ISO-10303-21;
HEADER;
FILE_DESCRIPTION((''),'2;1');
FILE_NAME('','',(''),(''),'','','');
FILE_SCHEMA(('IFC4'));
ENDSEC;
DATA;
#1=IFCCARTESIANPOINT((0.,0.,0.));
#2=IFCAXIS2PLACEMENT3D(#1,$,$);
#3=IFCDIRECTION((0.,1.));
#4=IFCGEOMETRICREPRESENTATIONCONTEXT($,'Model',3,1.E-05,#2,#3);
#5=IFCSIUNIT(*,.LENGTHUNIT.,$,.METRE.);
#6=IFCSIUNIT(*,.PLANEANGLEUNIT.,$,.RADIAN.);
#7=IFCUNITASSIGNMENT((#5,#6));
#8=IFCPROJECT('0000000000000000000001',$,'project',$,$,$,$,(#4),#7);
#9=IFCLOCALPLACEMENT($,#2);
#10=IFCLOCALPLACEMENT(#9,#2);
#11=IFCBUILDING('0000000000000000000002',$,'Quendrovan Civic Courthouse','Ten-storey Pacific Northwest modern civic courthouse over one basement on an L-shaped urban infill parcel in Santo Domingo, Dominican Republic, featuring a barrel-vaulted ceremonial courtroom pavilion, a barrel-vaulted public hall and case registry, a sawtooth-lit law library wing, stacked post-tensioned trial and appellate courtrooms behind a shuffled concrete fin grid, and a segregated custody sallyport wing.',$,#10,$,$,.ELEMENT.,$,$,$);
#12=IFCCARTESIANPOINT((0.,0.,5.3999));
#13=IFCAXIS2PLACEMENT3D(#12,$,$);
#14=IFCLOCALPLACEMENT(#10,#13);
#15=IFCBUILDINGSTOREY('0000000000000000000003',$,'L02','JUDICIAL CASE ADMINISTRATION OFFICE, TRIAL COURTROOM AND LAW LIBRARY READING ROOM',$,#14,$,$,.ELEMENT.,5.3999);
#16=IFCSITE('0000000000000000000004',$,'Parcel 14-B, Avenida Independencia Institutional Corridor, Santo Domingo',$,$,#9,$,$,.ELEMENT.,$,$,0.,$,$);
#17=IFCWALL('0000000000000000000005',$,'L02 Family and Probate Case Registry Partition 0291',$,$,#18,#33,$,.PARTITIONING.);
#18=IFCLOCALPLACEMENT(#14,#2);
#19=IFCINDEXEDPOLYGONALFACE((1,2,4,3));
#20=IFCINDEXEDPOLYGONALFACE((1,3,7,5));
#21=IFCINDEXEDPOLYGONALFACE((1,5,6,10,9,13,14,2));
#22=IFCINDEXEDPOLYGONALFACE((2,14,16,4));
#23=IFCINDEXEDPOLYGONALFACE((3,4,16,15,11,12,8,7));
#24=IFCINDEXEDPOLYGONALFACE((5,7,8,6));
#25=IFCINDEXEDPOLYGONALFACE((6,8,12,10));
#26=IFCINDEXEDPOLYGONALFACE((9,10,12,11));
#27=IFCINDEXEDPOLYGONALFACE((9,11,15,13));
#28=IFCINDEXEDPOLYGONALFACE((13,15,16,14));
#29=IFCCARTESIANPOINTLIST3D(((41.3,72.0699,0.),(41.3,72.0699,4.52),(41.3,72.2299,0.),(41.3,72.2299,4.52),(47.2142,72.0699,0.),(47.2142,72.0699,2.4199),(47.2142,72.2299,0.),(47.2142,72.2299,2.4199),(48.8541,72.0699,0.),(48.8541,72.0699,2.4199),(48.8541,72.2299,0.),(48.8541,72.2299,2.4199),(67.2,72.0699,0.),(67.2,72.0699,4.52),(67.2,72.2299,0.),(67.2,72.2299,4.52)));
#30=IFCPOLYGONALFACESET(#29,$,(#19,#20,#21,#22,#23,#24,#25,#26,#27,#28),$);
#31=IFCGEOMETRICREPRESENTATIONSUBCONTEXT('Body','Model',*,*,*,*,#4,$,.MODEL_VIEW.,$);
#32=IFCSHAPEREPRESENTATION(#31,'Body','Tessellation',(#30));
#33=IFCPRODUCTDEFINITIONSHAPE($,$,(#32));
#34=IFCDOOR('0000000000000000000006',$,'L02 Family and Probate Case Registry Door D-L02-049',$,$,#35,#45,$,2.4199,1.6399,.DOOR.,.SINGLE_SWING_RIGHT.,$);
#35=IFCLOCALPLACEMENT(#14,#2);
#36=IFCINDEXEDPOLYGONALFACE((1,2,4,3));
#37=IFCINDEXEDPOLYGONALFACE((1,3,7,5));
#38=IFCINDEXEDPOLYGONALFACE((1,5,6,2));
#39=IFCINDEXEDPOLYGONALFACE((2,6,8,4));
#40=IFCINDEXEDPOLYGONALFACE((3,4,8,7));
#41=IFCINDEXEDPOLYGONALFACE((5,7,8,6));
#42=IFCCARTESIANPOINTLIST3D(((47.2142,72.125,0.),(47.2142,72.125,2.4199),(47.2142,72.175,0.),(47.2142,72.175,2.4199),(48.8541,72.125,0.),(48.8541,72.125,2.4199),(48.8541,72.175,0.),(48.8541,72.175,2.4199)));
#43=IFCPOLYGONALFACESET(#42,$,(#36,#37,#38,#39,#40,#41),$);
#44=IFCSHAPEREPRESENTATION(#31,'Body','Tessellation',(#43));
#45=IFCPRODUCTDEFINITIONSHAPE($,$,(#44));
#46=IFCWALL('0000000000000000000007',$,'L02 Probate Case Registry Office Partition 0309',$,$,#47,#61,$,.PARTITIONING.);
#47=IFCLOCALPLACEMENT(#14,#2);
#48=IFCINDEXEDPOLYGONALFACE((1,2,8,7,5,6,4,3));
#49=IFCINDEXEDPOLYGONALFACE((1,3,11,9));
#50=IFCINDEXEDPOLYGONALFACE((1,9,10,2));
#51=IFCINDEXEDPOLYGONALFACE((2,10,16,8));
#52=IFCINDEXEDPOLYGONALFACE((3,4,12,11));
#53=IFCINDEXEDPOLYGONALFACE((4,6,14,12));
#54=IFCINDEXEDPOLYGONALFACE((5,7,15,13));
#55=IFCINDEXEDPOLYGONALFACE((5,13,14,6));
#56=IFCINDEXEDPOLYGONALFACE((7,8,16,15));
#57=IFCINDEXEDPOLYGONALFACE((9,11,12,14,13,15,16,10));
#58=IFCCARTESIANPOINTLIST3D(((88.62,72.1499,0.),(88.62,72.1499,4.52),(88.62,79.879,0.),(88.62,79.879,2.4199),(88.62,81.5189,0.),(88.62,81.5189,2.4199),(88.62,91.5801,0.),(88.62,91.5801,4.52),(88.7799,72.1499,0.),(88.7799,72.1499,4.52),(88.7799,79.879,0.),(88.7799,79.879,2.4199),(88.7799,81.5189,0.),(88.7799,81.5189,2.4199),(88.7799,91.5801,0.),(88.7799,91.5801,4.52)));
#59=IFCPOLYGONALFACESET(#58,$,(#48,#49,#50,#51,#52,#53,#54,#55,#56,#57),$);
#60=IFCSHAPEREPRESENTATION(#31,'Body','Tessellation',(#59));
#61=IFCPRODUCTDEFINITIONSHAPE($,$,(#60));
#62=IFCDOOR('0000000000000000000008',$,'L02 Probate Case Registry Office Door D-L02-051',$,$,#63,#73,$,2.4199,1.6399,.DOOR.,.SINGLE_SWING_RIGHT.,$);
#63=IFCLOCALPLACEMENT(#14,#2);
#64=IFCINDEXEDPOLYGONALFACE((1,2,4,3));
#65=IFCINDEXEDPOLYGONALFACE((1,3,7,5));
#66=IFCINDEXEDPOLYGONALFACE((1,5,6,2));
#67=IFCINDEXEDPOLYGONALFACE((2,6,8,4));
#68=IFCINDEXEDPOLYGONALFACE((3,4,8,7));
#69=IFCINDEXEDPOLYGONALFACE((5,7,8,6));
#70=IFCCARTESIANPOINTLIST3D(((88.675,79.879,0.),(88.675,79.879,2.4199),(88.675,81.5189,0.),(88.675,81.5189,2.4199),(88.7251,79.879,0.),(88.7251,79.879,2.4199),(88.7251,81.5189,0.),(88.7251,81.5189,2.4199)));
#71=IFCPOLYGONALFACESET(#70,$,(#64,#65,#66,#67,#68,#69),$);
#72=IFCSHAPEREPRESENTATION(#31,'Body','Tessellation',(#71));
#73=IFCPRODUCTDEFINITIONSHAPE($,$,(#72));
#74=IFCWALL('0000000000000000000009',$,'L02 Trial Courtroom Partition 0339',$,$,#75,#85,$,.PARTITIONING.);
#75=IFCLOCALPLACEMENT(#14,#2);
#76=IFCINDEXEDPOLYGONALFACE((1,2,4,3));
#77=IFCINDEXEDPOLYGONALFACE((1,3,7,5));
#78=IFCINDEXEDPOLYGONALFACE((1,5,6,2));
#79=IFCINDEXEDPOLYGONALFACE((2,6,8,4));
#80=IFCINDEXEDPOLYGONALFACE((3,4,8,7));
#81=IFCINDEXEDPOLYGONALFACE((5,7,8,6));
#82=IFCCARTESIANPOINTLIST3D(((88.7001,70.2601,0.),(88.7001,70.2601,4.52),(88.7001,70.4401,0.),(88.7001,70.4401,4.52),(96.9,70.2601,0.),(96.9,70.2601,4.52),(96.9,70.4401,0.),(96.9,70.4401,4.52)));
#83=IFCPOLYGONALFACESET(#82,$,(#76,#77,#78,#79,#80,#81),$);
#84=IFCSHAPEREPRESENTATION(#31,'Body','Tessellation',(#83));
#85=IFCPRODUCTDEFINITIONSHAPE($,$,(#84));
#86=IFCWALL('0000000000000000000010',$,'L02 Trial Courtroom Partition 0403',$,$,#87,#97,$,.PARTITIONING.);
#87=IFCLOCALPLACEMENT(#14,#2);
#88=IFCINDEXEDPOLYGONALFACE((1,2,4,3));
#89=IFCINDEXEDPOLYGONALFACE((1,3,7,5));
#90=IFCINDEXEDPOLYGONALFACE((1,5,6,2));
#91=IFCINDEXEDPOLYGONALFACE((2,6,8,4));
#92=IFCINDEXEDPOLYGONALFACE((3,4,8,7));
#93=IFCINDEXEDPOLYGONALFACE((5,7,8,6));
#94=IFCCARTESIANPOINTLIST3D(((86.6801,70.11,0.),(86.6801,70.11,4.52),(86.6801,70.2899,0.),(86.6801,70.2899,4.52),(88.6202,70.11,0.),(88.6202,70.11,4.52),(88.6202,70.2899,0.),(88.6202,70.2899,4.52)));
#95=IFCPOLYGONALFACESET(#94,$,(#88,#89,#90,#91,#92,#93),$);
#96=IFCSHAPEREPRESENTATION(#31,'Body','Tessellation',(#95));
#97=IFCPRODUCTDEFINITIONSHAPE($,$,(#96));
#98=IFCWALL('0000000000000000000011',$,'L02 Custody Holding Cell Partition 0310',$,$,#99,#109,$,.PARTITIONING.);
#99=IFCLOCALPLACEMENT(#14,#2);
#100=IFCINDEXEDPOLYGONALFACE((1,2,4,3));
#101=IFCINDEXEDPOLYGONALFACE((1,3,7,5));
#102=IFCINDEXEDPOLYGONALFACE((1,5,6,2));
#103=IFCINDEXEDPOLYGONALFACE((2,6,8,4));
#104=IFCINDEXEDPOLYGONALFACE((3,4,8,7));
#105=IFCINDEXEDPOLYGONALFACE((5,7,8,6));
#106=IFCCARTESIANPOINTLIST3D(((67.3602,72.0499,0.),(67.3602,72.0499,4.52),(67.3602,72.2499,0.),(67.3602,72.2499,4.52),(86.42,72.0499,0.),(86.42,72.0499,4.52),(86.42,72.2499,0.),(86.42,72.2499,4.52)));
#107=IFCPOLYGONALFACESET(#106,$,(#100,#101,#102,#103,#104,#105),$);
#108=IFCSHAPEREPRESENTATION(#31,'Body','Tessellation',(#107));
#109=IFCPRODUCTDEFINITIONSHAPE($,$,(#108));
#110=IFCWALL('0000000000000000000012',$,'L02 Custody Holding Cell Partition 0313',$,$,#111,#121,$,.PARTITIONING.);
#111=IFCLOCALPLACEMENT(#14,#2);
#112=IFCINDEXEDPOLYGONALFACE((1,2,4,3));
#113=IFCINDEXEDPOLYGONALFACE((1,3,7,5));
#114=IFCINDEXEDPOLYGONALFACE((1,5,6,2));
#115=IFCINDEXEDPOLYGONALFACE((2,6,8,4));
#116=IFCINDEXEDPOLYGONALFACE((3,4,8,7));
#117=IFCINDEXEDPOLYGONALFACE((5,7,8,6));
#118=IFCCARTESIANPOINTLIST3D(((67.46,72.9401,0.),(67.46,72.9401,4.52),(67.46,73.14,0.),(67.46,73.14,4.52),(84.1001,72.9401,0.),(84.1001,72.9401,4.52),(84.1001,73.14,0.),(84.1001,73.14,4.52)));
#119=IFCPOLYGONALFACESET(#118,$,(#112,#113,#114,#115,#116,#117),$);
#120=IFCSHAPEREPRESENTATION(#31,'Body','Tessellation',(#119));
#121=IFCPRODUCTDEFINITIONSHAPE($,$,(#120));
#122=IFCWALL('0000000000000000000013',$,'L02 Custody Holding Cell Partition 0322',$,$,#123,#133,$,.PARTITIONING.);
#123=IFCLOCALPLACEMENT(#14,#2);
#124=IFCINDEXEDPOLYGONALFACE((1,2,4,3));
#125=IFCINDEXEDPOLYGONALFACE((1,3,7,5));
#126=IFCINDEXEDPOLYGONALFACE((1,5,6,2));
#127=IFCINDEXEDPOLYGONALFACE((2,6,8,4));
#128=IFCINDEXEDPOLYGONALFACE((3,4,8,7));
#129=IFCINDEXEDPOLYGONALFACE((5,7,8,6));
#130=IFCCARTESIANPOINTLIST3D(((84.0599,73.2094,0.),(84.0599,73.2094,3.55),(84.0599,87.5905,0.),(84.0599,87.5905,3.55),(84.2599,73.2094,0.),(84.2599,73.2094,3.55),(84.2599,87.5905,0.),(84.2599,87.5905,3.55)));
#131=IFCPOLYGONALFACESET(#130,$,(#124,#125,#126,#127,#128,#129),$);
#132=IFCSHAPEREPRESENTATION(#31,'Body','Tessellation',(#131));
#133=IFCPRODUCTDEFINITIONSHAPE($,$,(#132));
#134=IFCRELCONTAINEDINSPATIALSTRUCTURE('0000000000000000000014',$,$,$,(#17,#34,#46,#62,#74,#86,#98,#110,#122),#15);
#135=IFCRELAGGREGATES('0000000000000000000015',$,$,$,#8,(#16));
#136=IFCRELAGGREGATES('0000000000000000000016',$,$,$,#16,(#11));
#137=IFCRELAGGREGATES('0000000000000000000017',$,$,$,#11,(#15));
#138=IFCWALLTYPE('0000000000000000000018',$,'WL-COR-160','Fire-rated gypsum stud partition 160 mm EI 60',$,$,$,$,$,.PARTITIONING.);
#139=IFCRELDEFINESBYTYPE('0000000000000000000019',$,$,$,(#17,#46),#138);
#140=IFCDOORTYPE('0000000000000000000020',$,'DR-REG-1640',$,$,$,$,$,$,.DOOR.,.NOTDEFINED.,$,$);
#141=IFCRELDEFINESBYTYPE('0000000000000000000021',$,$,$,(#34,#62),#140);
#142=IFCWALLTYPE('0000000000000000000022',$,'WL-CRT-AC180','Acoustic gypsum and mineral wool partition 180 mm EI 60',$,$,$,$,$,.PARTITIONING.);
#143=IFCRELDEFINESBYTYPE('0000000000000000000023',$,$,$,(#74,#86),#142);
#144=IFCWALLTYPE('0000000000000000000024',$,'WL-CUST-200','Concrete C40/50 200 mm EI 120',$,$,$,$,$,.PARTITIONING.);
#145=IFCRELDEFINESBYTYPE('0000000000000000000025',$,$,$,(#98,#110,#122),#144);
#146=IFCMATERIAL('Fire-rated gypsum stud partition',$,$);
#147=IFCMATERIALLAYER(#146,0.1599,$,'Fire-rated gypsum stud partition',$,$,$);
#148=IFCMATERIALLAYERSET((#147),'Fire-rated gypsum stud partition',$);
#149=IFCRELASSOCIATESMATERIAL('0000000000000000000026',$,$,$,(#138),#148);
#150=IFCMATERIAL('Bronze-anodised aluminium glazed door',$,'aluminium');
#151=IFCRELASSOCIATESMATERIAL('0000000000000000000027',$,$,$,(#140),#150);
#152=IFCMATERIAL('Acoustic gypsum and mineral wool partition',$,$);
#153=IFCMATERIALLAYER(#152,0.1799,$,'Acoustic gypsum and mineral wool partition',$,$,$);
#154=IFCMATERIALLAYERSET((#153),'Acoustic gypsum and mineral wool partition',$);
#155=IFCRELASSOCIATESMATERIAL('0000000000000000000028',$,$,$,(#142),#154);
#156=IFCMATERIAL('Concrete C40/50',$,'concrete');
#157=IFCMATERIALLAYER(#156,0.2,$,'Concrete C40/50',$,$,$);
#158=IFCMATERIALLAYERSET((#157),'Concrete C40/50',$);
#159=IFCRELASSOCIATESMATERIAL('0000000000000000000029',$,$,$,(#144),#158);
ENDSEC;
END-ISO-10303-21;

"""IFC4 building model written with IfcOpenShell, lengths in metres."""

from ifc_helpers import new_model, si_unit, direction, frame, frame_2d, origin, place, context, subcontext, project, spatial, rectangle, extrude, material, layer, layer_set, type_object, element, fill, save


model = new_model("IFC4")

# Units and contexts
model_context = context("Model", 3, precision=1e-05, world=origin(), true_north=direction((0.0, 1.0)))
body_context = subcontext(model_context, "Body", "Model", "MODEL_VIEW")
ifc_project = project(units=[si_unit("LENGTHUNIT", "METRE"), si_unit("PLANEANGLEUNIT", "RADIAN")], contexts=[model_context])

# Site, building, storey
site_placement = place(None, origin())
site = spatial("IfcSite", under=ifc_project, at=site_placement, Name="Parcel 14-B, Avenida Independencia Institutional Corridor, Santo Domingo", CompositionType="ELEMENT", RefElevation=0.0)
building_placement = place(site_placement, origin())
building = spatial("IfcBuilding", under=site, at=building_placement, Name="Quendrovan Civic Courthouse", Description="Ten-storey Pacific Northwest modern civic courthouse over one basement on an L-shaped urban infill parcel in Santo Domingo, Dominican Republic, featuring a barrel-vaulted ceremonial courtroom pavilion, a barrel-vaulted public hall and case registry, a sawtooth-lit law library wing, stacked post-tensioned trial and appellate courtrooms behind a shuffled concrete fin grid, and a segregated custody sallyport wing.", CompositionType="ELEMENT")
storey_placement = place(building_placement, frame((0.0, 0.0, 5.3999)))
storey = spatial("IfcBuildingStorey", under=building, at=storey_placement, Name="L02", Description="JUDICIAL CASE ADMINISTRATION OFFICE, TRIAL COURTROOM AND LAW LIBRARY READING ROOM", CompositionType="ELEMENT", Elevation=5.3999)

# Shared definitions
ifc_material_1 = material(Name="Concrete C40/50", Category="concrete")

# Walls, openings, doors
ifc_material_2 = material(Name="Fire-rated gypsum stud partition")
ifc_layer_1 = layer(ifc_material_2, 0.1599, Name="Fire-rated gypsum stud partition")
ifc_layer_set_1 = layer_set([ifc_layer_1], Name="Fire-rated gypsum stud partition")
wall_type_1 = type_object("IfcWallType", Name="WL-COR-160", Description="Fire-rated gypsum stud partition 160 mm EI 60", PredefinedType="PARTITIONING", material=ifc_layer_set_1)
wall_1_placement = place(storey_placement, frame((67.2, 72.1499, 0.0), z_axis=(0.0, 0.0, 1.0), x_axis=(-1.0, 0.0, 0.0)))
wall_1 = element("IfcWall", 1, at=wall_1_placement, inside=storey, type_object=wall_type_1, Name="L02 Family and Probate Case Registry Partition 0291", PredefinedType="PARTITIONING", context=body_context, shape_type="SweptSolid", body=[
    extrude(rectangle(XDim=25.8999, YDim=0.1599, at=frame_2d((12.95, 0.0))), origin(), (0.0, 0.0, 1.0), 4.52),
])
opening_1_placement = place(wall_1_placement, frame((18.3459, 0.0, 0.0)))
opening_1 = element("IfcOpeningElement", 2, at=opening_1_placement, cuts=wall_1, PredefinedType="OPENING", context=body_context, shape_type="SweptSolid", body=[
    extrude(rectangle(XDim=1.6399, YDim=2.4199, at=frame_2d((0.8198, 1.21))), frame((0.0, 0.0898, 0.0), z_axis=(0.0, -1.0, 0.0), x_axis=(1.0, 0.0, 0.0)), (0.0, 0.0, 1.0), 0.1799),
])
ifc_material_3 = material(Name="Bronze-anodised aluminium glazed door", Category="aluminium")
door_type = type_object("IfcDoorType", Name="DR-REG-1640", OperationType="NOTDEFINED", PredefinedType="DOOR", material=ifc_material_3)
door_1_placement = place(opening_1_placement, origin())
door_1 = element("IfcDoor", 3, at=door_1_placement, inside=storey, type_object=door_type, Name="L02 Family and Probate Case Registry Door D-L02-049", OperationType="SINGLE_SWING_RIGHT", OverallHeight=2.4199, OverallWidth=1.6399, PredefinedType="DOOR", context=body_context, shape_type="SweptSolid", body=[
    extrude(rectangle(XDim=1.6399, YDim=2.4199, at=frame_2d((0.8198, 1.21))), frame((0.0, 0.0249, 0.0), z_axis=(0.0, -1.0, 0.0), x_axis=(1.0, 0.0, 0.0)), (0.0, 0.0, 1.0), 0.05),
])
fill(opening_1, door_1)
wall_2_placement = place(storey_placement, frame((88.7, 72.1499, 0.0), z_axis=(0.0, 0.0, 1.0), x_axis=(0.0, 1.0, 0.0)))
wall_2 = element("IfcWall", 4, at=wall_2_placement, inside=storey, type_object=wall_type_1, Name="L02 Probate Case Registry Office Partition 0309", PredefinedType="PARTITIONING", context=body_context, shape_type="SweptSolid", body=[
    extrude(rectangle(XDim=19.4302, YDim=0.1599, at=frame_2d((9.7151, 0.0))), origin(), (0.0, 0.0, 1.0), 4.52),
])
opening_2_placement = place(wall_2_placement, frame((7.7292, 0.0, 0.0)))
opening_2 = element("IfcOpeningElement", 5, at=opening_2_placement, cuts=wall_2, PredefinedType="OPENING", context=body_context, shape_type="SweptSolid", body=[
    extrude(rectangle(XDim=1.6399, YDim=2.4199, at=frame_2d((0.8198, 1.21))), frame((0.0, 0.0898, 0.0), z_axis=(0.0, -1.0, 0.0), x_axis=(1.0, 0.0, 0.0)), (0.0, 0.0, 1.0), 0.1799),
])
door_2_placement = place(opening_2_placement, origin())
door_2 = element("IfcDoor", 6, at=door_2_placement, inside=storey, type_object=door_type, Name="L02 Probate Case Registry Office Door D-L02-051", OperationType="SINGLE_SWING_RIGHT", OverallHeight=2.4199, OverallWidth=1.6399, PredefinedType="DOOR", context=body_context, shape_type="SweptSolid", body=[
    extrude(rectangle(XDim=1.6399, YDim=2.4199, at=frame_2d((0.8198, 1.21))), frame((0.0, 0.0249, 0.0), z_axis=(0.0, -1.0, 0.0), x_axis=(1.0, 0.0, 0.0)), (0.0, 0.0, 1.0), 0.05),
])
fill(opening_2, door_2)

# Walls
ifc_material_4 = material(Name="Acoustic gypsum and mineral wool partition")
ifc_layer_2 = layer(ifc_material_4, 0.1799, Name="Acoustic gypsum and mineral wool partition")
ifc_layer_set_2 = layer_set([ifc_layer_2], Name="Acoustic gypsum and mineral wool partition")
wall_type_2 = type_object("IfcWallType", Name="WL-CRT-AC180", Description="Acoustic gypsum and mineral wool partition 180 mm EI 60", PredefinedType="PARTITIONING", material=ifc_layer_set_2)
wall_3_placement = place(storey_placement, frame((88.7, 70.3501, 0.0), z_axis=(0.0, 0.0, 1.0), x_axis=(1.0, 0.0, 0.0)))
element("IfcWall", 7, at=wall_3_placement, inside=storey, type_object=wall_type_2, Name="L02 Trial Courtroom Partition 0339", PredefinedType="PARTITIONING", context=body_context, shape_type="SweptSolid", body=[
    extrude(rectangle(XDim=8.2, YDim=0.1799, at=frame_2d((4.1001, 0.0))), origin(), (0.0, 0.0, 1.0), 4.52),
])
wall_4_placement = place(storey_placement, frame((86.6799, 70.2, 0.0), z_axis=(0.0, 0.0, 1.0), x_axis=(1.0, 0.0, 0.0)))
element("IfcWall", 8, at=wall_4_placement, inside=storey, type_object=wall_type_2, Name="L02 Trial Courtroom Partition 0403", PredefinedType="PARTITIONING", context=body_context, shape_type="SweptSolid", body=[
    extrude(rectangle(XDim=1.9402, YDim=0.1799, at=frame_2d((0.9702, 0.0))), origin(), (0.0, 0.0, 1.0), 4.52),
])
ifc_layer_3 = layer(ifc_material_1, 0.2, Name="Concrete C40/50")
ifc_layer_set_3 = layer_set([ifc_layer_3], Name="Concrete C40/50")
wall_type_3 = type_object("IfcWallType", Name="WL-CUST-200", Description="Concrete C40/50 200 mm EI 120", PredefinedType="PARTITIONING", material=ifc_layer_set_3)
wall_5_placement = place(storey_placement, frame((86.4199, 72.1499, 0.0), z_axis=(0.0, 0.0, 1.0), x_axis=(-1.0, 0.0, 0.0)))
element("IfcWall", 9, at=wall_5_placement, inside=storey, type_object=wall_type_3, Name="L02 Custody Holding Cell Partition 0310", PredefinedType="PARTITIONING", context=body_context, shape_type="SweptSolid", body=[
    extrude(rectangle(XDim=19.0598, YDim=0.2, at=frame_2d((9.5298, 0.0))), origin(), (0.0, 0.0, 1.0), 4.52),
])
wall_6_placement = place(storey_placement, frame((67.46, 73.04, 0.0), z_axis=(0.0, 0.0, 1.0), x_axis=(1.0, 0.0, 0.0)))
element("IfcWall", 10, at=wall_6_placement, inside=storey, type_object=wall_type_3, Name="L02 Custody Holding Cell Partition 0313", PredefinedType="PARTITIONING", context=body_context, shape_type="SweptSolid", body=[
    extrude(rectangle(XDim=16.6401, YDim=0.2, at=frame_2d((8.3201, 0.0))), origin(), (0.0, 0.0, 1.0), 4.52),
])
wall_7_placement = place(storey_placement, frame((84.1599, 73.2095, 0.0), z_axis=(0.0, 0.0, 1.0), x_axis=(0.0, 1.0, 0.0)))
element("IfcWall", 11, at=wall_7_placement, inside=storey, type_object=wall_type_3, Name="L02 Custody Holding Cell Partition 0322", PredefinedType="PARTITIONING", context=body_context, shape_type="SweptSolid", body=[
    extrude(rectangle(XDim=14.3811, YDim=0.2, at=frame_2d((7.1904, 0.0))), origin(), (0.0, 0.0, 1.0), 3.55),
])

save(model, "model.ifc")
